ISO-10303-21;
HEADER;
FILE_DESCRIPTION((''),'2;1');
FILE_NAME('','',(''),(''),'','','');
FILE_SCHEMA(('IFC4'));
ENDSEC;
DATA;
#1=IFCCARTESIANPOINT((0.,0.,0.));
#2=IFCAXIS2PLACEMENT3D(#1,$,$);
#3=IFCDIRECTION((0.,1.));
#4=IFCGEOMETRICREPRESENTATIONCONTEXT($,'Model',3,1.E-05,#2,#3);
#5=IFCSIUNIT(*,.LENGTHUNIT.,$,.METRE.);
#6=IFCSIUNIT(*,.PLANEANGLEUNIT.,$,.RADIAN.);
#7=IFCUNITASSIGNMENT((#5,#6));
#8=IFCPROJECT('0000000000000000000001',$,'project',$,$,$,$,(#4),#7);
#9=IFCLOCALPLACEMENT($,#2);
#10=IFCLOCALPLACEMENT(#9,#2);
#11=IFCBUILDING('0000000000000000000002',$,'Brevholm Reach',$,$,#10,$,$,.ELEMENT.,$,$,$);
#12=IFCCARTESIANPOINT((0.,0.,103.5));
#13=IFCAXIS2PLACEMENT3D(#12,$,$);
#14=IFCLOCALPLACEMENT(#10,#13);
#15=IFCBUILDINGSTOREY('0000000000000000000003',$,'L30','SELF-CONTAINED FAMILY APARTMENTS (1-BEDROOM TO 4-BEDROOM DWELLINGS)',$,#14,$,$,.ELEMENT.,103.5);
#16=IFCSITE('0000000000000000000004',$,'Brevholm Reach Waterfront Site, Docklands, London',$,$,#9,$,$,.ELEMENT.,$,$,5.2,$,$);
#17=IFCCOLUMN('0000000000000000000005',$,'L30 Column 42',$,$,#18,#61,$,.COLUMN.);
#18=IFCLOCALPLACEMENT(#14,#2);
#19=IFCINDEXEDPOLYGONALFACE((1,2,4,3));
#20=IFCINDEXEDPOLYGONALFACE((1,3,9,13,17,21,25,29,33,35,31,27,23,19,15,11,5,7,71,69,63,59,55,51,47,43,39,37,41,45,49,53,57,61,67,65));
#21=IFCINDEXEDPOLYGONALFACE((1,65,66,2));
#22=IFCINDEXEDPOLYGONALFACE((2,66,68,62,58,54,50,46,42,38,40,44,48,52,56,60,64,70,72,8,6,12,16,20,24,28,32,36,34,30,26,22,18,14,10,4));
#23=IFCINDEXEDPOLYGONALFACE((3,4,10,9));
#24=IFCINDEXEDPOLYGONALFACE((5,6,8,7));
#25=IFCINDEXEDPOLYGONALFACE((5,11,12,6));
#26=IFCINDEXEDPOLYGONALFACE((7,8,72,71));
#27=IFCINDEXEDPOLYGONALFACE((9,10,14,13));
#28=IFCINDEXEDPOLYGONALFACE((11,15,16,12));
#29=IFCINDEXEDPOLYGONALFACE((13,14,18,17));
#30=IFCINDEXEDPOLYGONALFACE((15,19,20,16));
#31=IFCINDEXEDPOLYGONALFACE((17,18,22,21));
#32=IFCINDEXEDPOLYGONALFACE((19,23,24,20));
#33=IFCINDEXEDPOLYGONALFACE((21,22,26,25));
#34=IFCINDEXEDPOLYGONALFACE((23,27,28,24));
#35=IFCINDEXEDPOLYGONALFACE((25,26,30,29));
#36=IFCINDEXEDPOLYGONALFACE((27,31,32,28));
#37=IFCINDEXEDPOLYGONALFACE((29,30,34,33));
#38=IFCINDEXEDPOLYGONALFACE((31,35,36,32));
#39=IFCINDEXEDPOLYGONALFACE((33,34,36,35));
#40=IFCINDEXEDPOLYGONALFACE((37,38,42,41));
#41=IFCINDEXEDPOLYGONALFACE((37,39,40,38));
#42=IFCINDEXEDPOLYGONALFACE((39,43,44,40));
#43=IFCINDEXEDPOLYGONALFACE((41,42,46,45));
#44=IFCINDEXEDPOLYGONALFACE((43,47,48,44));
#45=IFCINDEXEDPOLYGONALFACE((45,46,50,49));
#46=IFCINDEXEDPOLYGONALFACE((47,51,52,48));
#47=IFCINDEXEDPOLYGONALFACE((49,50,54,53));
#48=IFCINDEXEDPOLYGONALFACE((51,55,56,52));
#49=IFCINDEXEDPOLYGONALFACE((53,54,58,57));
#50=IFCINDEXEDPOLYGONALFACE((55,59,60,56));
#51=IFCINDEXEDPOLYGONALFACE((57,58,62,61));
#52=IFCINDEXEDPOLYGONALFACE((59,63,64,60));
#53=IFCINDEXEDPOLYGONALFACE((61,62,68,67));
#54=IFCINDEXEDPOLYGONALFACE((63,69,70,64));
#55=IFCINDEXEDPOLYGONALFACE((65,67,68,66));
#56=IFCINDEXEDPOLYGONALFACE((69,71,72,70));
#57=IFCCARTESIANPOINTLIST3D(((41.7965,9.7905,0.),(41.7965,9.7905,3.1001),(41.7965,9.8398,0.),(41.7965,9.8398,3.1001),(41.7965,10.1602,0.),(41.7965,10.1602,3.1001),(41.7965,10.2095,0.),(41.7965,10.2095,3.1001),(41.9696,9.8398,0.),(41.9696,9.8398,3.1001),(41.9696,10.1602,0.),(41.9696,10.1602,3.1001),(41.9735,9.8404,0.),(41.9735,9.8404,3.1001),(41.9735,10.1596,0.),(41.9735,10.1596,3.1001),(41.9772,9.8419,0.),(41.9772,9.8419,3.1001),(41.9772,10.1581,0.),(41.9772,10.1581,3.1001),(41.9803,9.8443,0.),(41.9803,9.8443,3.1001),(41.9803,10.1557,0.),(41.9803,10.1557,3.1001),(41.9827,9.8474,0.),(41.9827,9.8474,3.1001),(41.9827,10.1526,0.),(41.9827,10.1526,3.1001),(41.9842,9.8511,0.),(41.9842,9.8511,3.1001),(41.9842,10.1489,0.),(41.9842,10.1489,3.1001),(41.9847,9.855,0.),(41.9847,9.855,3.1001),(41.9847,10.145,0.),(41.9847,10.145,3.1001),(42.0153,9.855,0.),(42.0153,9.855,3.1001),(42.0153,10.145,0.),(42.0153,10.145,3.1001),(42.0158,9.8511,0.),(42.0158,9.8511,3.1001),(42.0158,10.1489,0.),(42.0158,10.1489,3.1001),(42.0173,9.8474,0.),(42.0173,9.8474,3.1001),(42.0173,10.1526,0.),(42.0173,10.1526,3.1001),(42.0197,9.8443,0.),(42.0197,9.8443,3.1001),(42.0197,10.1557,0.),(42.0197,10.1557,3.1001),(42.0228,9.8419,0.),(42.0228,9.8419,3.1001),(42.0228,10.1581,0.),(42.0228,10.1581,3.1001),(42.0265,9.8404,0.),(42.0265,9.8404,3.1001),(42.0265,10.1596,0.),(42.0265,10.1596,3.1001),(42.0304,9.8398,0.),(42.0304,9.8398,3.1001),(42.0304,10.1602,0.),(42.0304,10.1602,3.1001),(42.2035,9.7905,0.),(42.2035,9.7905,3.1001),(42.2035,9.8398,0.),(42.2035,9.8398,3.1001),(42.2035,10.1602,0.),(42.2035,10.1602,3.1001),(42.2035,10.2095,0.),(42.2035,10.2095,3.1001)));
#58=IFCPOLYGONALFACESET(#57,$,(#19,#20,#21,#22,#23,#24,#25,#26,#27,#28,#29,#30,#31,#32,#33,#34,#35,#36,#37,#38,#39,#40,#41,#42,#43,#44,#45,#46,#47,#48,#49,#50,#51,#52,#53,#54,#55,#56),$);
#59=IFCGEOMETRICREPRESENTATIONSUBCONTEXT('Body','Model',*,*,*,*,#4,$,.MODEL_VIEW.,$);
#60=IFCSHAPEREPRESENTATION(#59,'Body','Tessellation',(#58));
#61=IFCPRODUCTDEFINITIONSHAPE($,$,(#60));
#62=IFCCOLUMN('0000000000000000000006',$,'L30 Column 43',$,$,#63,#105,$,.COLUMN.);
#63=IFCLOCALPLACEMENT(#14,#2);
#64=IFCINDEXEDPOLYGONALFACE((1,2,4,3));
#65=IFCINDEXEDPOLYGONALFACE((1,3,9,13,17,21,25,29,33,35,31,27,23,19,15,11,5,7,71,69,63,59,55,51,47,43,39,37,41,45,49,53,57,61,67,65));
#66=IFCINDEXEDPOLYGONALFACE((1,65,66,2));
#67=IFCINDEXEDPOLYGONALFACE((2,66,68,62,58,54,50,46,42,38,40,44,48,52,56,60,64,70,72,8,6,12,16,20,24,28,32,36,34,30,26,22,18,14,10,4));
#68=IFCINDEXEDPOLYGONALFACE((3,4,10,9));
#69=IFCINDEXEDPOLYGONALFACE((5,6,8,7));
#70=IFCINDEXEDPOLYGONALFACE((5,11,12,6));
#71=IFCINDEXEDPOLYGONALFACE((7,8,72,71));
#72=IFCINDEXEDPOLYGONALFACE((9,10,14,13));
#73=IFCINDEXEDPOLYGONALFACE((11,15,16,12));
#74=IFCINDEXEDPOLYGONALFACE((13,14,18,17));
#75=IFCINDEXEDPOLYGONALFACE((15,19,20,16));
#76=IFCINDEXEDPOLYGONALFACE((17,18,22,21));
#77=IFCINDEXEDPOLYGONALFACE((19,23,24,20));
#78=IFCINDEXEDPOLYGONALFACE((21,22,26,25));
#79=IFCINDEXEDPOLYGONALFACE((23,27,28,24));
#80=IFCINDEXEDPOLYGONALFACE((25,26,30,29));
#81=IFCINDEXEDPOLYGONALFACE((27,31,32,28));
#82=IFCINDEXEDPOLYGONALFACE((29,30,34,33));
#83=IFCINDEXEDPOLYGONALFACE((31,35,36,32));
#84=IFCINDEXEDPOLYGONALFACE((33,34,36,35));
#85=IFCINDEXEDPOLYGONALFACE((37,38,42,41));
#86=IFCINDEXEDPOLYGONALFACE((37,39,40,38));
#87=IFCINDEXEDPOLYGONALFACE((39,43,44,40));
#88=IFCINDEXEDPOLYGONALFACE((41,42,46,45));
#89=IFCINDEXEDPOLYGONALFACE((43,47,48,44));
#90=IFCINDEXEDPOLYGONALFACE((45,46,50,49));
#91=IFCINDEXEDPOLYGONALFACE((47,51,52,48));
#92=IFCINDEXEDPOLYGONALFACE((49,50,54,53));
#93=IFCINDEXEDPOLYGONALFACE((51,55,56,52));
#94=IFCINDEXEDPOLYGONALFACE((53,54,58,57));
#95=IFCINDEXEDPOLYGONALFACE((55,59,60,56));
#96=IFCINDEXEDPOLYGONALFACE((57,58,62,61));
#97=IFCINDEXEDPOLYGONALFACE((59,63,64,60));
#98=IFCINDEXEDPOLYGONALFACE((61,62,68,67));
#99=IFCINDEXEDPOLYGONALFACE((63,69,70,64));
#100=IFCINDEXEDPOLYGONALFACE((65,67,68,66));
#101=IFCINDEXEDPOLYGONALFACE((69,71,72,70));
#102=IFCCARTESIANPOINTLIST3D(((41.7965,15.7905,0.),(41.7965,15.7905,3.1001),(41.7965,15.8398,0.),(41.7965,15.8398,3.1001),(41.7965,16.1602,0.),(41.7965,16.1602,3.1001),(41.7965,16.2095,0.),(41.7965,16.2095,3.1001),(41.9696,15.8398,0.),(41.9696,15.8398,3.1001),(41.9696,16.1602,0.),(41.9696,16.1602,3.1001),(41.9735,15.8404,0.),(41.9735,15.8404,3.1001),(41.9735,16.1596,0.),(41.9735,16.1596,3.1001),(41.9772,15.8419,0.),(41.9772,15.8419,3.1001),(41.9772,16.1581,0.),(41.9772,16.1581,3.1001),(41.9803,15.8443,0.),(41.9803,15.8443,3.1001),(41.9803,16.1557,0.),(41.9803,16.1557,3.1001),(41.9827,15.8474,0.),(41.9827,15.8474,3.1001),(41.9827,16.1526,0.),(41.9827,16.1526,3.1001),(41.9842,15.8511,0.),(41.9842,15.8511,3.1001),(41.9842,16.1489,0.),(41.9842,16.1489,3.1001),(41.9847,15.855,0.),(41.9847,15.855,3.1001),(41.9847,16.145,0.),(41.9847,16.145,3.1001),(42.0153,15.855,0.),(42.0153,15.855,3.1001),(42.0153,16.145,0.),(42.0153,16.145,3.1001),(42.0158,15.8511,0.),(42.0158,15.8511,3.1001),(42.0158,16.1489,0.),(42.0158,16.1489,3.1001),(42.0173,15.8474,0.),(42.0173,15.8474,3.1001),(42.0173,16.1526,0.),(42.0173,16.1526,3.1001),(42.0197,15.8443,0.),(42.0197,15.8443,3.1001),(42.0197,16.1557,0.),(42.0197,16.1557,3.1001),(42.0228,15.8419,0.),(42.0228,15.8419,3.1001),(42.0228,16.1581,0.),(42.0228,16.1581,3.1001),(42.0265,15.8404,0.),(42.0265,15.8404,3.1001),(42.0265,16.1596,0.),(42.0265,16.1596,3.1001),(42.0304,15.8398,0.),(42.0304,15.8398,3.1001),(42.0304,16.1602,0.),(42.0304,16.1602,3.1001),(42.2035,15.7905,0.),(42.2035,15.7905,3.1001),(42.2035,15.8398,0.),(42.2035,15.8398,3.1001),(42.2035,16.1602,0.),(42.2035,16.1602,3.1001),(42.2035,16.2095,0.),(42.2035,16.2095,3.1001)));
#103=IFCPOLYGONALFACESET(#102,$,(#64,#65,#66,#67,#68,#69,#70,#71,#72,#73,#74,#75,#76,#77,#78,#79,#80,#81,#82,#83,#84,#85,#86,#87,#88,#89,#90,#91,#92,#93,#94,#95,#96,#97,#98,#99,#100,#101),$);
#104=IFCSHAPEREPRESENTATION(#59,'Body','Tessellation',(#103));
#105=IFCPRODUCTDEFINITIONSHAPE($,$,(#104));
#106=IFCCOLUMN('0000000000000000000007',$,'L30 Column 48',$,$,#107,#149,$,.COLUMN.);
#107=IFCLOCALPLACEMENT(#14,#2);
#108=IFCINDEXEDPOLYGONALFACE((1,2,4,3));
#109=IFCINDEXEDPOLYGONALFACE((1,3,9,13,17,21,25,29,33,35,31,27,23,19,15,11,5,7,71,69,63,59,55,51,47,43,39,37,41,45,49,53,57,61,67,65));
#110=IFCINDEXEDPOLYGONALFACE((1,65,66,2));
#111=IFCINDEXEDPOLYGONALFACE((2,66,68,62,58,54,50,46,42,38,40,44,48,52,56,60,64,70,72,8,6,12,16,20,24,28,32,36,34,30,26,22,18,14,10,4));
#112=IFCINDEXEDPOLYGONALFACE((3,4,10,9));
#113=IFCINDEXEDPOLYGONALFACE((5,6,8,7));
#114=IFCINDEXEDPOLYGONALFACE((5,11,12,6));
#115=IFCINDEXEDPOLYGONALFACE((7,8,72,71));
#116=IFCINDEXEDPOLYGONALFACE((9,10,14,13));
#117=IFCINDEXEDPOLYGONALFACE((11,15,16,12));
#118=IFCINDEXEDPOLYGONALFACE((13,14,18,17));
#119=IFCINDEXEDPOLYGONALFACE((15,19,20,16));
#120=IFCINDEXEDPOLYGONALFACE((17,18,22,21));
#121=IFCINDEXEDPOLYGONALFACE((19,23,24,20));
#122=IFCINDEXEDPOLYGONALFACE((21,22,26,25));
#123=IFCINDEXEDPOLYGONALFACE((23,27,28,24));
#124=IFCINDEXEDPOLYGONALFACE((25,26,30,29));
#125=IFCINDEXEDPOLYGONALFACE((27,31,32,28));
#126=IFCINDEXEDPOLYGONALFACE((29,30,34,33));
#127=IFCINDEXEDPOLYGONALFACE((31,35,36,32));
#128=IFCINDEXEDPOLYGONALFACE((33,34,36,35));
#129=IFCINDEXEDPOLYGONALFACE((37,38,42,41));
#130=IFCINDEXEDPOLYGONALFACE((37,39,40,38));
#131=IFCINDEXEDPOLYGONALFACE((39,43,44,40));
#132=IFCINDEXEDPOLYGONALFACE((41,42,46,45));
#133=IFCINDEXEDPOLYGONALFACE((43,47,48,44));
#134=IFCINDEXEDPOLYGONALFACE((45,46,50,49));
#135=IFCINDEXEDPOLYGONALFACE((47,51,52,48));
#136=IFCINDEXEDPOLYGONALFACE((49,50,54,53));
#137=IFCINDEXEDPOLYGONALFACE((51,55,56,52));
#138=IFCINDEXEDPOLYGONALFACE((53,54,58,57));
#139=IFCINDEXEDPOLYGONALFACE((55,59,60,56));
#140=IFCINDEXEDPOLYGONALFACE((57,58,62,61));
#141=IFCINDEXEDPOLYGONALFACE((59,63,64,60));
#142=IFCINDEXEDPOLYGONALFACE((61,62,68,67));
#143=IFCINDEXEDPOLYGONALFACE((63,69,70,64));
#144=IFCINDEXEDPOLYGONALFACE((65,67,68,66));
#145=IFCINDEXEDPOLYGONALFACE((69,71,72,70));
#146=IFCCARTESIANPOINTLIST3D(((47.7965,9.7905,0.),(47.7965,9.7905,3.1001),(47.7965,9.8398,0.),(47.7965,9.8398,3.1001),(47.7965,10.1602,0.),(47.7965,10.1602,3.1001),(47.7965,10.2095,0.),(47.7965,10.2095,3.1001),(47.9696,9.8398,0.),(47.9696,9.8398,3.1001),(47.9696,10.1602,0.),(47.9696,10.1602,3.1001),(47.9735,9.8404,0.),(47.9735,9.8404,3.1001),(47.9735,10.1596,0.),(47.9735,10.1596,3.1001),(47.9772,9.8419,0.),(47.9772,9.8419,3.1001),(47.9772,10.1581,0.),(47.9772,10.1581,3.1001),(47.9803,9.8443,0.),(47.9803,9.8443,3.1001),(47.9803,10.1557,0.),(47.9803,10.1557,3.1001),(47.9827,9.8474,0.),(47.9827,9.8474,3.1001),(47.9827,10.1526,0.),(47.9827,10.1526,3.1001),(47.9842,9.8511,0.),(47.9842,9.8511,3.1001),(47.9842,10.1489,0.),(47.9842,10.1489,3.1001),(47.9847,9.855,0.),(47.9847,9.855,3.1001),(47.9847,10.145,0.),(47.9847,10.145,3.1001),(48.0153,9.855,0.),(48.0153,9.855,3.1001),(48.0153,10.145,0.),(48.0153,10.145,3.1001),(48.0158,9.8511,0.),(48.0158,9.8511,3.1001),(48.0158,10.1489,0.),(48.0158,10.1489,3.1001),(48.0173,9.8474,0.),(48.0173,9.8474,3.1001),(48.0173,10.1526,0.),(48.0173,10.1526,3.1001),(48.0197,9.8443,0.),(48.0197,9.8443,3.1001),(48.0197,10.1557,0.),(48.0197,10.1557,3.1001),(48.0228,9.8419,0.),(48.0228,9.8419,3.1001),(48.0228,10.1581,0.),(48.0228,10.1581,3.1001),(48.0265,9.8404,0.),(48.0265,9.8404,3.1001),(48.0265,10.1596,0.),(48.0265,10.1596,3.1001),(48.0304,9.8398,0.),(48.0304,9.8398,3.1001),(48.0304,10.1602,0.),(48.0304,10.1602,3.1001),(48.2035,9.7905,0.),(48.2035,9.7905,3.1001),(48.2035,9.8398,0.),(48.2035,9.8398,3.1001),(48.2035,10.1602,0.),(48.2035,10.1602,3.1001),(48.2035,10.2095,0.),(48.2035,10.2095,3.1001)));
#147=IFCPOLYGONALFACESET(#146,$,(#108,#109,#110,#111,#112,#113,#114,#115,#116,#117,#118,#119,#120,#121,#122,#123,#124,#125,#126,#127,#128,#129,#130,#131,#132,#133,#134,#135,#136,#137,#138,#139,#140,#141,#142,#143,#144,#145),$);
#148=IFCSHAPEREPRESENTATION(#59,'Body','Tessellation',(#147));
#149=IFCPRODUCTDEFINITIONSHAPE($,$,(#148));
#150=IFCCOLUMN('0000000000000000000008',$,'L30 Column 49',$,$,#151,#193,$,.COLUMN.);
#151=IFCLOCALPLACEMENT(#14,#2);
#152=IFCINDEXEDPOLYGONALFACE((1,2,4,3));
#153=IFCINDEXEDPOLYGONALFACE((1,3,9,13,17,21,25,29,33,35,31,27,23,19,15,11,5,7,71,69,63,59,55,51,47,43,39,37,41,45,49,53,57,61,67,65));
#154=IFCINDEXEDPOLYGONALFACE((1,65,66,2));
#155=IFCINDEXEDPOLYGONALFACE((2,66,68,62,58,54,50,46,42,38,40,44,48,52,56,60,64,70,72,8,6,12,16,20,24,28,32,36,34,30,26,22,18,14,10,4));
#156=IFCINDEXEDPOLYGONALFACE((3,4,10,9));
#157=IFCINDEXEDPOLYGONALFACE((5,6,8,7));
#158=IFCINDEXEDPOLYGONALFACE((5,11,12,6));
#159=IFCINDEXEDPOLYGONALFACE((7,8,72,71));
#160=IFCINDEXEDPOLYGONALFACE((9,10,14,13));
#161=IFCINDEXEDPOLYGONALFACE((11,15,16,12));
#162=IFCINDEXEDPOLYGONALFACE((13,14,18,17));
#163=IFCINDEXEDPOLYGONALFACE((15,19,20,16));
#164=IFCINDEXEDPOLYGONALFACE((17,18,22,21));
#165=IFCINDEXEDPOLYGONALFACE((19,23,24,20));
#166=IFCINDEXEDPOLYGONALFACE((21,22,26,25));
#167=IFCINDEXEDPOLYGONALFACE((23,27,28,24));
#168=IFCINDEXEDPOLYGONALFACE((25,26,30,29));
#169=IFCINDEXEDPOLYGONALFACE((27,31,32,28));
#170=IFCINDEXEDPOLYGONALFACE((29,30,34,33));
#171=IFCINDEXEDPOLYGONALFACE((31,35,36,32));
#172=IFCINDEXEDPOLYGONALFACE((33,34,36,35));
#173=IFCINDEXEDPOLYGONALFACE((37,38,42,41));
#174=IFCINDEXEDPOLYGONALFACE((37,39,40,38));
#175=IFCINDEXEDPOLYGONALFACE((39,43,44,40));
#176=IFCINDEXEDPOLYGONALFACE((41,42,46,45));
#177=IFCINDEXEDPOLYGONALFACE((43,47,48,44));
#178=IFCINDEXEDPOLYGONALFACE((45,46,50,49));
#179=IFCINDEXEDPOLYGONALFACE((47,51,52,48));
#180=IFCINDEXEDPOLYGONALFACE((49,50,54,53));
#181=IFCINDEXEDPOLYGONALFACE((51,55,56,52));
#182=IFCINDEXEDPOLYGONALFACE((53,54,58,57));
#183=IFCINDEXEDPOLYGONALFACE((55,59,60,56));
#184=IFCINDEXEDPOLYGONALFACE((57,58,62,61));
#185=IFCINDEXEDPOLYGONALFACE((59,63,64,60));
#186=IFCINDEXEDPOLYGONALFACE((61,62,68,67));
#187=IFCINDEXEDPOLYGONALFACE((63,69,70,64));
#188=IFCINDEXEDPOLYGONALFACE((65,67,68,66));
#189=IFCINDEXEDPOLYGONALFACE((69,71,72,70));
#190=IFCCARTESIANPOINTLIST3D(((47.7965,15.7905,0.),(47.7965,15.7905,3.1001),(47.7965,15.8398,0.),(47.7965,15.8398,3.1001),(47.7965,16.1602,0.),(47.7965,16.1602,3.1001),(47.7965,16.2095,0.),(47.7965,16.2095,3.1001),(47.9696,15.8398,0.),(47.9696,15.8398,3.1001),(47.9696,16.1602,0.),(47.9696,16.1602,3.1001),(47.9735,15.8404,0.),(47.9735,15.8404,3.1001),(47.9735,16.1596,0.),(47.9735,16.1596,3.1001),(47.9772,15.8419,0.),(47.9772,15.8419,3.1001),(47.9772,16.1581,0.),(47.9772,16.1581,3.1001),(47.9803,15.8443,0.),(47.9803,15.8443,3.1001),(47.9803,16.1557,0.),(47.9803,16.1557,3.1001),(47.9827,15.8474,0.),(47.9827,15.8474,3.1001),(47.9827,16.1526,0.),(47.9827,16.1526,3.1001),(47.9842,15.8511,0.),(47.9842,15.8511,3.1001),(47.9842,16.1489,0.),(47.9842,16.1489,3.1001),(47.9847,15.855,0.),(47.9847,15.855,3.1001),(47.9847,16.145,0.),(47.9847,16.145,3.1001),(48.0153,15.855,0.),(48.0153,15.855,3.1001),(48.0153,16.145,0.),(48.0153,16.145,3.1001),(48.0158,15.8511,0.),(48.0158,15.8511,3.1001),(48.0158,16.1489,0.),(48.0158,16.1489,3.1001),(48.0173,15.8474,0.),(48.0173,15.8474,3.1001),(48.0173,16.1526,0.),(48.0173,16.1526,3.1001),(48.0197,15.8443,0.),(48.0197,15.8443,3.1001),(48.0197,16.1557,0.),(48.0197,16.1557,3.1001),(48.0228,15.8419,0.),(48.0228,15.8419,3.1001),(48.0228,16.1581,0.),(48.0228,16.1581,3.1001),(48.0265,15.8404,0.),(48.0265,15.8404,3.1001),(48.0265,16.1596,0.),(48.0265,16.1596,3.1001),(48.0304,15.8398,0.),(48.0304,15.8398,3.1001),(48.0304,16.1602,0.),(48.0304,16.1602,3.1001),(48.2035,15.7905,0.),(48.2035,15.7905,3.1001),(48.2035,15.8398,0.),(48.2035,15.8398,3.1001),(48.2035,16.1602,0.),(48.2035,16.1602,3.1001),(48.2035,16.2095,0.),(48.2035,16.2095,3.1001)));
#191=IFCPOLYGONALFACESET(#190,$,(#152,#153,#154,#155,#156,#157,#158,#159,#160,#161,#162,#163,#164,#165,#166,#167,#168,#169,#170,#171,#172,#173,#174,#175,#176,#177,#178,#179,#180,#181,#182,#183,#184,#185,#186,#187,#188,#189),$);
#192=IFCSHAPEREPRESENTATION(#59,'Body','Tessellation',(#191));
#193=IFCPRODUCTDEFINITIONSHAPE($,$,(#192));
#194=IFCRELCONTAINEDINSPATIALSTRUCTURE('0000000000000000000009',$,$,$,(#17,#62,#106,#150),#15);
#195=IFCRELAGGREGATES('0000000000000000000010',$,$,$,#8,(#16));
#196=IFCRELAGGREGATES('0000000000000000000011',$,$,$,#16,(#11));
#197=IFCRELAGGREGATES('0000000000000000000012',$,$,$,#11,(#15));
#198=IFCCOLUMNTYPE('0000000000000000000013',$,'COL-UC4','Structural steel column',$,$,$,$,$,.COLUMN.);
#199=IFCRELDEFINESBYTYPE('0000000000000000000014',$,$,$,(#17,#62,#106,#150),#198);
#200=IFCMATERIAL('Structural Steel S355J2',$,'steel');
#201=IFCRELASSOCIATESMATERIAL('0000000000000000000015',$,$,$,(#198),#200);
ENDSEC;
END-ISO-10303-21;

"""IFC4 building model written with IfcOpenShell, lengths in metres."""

from ifc_helpers import new_model, si_unit, direction, frame, origin, origin_2d, place, context, subcontext, project, spatial, i_section, extrude, material, material_profile, profile_set, type_object, element, save


model = new_model("IFC4")

# Units and contexts
model_context = context("Model", 3, precision=1e-05, world=origin(), true_north=direction((0.0, 1.0)))
body_context = subcontext(model_context, "Body", "Model", "MODEL_VIEW")
ifc_project = project(units=[si_unit("LENGTHUNIT", "METRE"), si_unit("PLANEANGLEUNIT", "RADIAN")], contexts=[model_context])

# Site, building, storey
site_placement = place(None, origin())
site = spatial("IfcSite", under=ifc_project, at=site_placement, Name="Brevholm Reach Waterfront Site, Docklands, London", CompositionType="ELEMENT", RefElevation=5.2)
building_placement = place(site_placement, origin())
building = spatial("IfcBuilding", under=site, at=building_placement, Name="Brevholm Reach", CompositionType="ELEMENT")
storey_placement = place(building_placement, frame((0.0, 0.0, 103.5)))
storey = spatial("IfcBuildingStorey", under=building, at=storey_placement, Name="L30", Description="SELF-CONTAINED FAMILY APARTMENTS (1-BEDROOM TO 4-BEDROOM DWELLINGS)", CompositionType="ELEMENT", Elevation=103.5)

# Columns
ifc_material_1 = material(Name="Structural Steel S355J2", Category="steel")
ifc_material_profile_1 = material_profile(ifc_material_1, i_section(OverallWidth=0.407, OverallDepth=0.4189, WebThickness=0.0305, FlangeThickness=0.0493, FilletRadius=0.0151, at=origin_2d()), Name="UKC 356x406x393")
ifc_profile_set_1 = profile_set([ifc_material_profile_1], Name="Structural Steel S355J2")
column_type = type_object("IfcColumnType", Name="COL-UC4", Description="Structural steel column", PredefinedType="COLUMN", material=ifc_profile_set_1)
for number, where, z_axis, x_axis, name in (
    (1, (42.0, 10.0, 0.0), (0.0, 0.0, 1.0), (1.0, 0.0, 0.0), "L30 Column 42"),
    (2, (42.0, 16.0, 0.0), (0.0, 0.0, 1.0), (1.0, 0.0, 0.0), "L30 Column 43"),
    (3, (48.0, 10.0, 0.0), (0.0, 0.0, 1.0), (1.0, 0.0, 0.0), "L30 Column 48"),
    (4, (48.0, 16.0, 0.0), (0.0, 0.0, 1.0), (1.0, 0.0, 0.0), "L30 Column 49"),
):
    element("IfcColumn", number, at=place(storey_placement, frame(where, z_axis=z_axis, x_axis=x_axis)), inside=storey, type_object=column_type, Name=name, PredefinedType="COLUMN", context=body_context, shape_type="SweptSolid", body=[
        extrude(i_section(OverallWidth=0.407, OverallDepth=0.4189, WebThickness=0.0305, FlangeThickness=0.0493, FilletRadius=0.0151, at=origin_2d()), origin(), (0.0, 0.0, 1.0), 3.1001),
    ])

save(model, "model.ifc")
